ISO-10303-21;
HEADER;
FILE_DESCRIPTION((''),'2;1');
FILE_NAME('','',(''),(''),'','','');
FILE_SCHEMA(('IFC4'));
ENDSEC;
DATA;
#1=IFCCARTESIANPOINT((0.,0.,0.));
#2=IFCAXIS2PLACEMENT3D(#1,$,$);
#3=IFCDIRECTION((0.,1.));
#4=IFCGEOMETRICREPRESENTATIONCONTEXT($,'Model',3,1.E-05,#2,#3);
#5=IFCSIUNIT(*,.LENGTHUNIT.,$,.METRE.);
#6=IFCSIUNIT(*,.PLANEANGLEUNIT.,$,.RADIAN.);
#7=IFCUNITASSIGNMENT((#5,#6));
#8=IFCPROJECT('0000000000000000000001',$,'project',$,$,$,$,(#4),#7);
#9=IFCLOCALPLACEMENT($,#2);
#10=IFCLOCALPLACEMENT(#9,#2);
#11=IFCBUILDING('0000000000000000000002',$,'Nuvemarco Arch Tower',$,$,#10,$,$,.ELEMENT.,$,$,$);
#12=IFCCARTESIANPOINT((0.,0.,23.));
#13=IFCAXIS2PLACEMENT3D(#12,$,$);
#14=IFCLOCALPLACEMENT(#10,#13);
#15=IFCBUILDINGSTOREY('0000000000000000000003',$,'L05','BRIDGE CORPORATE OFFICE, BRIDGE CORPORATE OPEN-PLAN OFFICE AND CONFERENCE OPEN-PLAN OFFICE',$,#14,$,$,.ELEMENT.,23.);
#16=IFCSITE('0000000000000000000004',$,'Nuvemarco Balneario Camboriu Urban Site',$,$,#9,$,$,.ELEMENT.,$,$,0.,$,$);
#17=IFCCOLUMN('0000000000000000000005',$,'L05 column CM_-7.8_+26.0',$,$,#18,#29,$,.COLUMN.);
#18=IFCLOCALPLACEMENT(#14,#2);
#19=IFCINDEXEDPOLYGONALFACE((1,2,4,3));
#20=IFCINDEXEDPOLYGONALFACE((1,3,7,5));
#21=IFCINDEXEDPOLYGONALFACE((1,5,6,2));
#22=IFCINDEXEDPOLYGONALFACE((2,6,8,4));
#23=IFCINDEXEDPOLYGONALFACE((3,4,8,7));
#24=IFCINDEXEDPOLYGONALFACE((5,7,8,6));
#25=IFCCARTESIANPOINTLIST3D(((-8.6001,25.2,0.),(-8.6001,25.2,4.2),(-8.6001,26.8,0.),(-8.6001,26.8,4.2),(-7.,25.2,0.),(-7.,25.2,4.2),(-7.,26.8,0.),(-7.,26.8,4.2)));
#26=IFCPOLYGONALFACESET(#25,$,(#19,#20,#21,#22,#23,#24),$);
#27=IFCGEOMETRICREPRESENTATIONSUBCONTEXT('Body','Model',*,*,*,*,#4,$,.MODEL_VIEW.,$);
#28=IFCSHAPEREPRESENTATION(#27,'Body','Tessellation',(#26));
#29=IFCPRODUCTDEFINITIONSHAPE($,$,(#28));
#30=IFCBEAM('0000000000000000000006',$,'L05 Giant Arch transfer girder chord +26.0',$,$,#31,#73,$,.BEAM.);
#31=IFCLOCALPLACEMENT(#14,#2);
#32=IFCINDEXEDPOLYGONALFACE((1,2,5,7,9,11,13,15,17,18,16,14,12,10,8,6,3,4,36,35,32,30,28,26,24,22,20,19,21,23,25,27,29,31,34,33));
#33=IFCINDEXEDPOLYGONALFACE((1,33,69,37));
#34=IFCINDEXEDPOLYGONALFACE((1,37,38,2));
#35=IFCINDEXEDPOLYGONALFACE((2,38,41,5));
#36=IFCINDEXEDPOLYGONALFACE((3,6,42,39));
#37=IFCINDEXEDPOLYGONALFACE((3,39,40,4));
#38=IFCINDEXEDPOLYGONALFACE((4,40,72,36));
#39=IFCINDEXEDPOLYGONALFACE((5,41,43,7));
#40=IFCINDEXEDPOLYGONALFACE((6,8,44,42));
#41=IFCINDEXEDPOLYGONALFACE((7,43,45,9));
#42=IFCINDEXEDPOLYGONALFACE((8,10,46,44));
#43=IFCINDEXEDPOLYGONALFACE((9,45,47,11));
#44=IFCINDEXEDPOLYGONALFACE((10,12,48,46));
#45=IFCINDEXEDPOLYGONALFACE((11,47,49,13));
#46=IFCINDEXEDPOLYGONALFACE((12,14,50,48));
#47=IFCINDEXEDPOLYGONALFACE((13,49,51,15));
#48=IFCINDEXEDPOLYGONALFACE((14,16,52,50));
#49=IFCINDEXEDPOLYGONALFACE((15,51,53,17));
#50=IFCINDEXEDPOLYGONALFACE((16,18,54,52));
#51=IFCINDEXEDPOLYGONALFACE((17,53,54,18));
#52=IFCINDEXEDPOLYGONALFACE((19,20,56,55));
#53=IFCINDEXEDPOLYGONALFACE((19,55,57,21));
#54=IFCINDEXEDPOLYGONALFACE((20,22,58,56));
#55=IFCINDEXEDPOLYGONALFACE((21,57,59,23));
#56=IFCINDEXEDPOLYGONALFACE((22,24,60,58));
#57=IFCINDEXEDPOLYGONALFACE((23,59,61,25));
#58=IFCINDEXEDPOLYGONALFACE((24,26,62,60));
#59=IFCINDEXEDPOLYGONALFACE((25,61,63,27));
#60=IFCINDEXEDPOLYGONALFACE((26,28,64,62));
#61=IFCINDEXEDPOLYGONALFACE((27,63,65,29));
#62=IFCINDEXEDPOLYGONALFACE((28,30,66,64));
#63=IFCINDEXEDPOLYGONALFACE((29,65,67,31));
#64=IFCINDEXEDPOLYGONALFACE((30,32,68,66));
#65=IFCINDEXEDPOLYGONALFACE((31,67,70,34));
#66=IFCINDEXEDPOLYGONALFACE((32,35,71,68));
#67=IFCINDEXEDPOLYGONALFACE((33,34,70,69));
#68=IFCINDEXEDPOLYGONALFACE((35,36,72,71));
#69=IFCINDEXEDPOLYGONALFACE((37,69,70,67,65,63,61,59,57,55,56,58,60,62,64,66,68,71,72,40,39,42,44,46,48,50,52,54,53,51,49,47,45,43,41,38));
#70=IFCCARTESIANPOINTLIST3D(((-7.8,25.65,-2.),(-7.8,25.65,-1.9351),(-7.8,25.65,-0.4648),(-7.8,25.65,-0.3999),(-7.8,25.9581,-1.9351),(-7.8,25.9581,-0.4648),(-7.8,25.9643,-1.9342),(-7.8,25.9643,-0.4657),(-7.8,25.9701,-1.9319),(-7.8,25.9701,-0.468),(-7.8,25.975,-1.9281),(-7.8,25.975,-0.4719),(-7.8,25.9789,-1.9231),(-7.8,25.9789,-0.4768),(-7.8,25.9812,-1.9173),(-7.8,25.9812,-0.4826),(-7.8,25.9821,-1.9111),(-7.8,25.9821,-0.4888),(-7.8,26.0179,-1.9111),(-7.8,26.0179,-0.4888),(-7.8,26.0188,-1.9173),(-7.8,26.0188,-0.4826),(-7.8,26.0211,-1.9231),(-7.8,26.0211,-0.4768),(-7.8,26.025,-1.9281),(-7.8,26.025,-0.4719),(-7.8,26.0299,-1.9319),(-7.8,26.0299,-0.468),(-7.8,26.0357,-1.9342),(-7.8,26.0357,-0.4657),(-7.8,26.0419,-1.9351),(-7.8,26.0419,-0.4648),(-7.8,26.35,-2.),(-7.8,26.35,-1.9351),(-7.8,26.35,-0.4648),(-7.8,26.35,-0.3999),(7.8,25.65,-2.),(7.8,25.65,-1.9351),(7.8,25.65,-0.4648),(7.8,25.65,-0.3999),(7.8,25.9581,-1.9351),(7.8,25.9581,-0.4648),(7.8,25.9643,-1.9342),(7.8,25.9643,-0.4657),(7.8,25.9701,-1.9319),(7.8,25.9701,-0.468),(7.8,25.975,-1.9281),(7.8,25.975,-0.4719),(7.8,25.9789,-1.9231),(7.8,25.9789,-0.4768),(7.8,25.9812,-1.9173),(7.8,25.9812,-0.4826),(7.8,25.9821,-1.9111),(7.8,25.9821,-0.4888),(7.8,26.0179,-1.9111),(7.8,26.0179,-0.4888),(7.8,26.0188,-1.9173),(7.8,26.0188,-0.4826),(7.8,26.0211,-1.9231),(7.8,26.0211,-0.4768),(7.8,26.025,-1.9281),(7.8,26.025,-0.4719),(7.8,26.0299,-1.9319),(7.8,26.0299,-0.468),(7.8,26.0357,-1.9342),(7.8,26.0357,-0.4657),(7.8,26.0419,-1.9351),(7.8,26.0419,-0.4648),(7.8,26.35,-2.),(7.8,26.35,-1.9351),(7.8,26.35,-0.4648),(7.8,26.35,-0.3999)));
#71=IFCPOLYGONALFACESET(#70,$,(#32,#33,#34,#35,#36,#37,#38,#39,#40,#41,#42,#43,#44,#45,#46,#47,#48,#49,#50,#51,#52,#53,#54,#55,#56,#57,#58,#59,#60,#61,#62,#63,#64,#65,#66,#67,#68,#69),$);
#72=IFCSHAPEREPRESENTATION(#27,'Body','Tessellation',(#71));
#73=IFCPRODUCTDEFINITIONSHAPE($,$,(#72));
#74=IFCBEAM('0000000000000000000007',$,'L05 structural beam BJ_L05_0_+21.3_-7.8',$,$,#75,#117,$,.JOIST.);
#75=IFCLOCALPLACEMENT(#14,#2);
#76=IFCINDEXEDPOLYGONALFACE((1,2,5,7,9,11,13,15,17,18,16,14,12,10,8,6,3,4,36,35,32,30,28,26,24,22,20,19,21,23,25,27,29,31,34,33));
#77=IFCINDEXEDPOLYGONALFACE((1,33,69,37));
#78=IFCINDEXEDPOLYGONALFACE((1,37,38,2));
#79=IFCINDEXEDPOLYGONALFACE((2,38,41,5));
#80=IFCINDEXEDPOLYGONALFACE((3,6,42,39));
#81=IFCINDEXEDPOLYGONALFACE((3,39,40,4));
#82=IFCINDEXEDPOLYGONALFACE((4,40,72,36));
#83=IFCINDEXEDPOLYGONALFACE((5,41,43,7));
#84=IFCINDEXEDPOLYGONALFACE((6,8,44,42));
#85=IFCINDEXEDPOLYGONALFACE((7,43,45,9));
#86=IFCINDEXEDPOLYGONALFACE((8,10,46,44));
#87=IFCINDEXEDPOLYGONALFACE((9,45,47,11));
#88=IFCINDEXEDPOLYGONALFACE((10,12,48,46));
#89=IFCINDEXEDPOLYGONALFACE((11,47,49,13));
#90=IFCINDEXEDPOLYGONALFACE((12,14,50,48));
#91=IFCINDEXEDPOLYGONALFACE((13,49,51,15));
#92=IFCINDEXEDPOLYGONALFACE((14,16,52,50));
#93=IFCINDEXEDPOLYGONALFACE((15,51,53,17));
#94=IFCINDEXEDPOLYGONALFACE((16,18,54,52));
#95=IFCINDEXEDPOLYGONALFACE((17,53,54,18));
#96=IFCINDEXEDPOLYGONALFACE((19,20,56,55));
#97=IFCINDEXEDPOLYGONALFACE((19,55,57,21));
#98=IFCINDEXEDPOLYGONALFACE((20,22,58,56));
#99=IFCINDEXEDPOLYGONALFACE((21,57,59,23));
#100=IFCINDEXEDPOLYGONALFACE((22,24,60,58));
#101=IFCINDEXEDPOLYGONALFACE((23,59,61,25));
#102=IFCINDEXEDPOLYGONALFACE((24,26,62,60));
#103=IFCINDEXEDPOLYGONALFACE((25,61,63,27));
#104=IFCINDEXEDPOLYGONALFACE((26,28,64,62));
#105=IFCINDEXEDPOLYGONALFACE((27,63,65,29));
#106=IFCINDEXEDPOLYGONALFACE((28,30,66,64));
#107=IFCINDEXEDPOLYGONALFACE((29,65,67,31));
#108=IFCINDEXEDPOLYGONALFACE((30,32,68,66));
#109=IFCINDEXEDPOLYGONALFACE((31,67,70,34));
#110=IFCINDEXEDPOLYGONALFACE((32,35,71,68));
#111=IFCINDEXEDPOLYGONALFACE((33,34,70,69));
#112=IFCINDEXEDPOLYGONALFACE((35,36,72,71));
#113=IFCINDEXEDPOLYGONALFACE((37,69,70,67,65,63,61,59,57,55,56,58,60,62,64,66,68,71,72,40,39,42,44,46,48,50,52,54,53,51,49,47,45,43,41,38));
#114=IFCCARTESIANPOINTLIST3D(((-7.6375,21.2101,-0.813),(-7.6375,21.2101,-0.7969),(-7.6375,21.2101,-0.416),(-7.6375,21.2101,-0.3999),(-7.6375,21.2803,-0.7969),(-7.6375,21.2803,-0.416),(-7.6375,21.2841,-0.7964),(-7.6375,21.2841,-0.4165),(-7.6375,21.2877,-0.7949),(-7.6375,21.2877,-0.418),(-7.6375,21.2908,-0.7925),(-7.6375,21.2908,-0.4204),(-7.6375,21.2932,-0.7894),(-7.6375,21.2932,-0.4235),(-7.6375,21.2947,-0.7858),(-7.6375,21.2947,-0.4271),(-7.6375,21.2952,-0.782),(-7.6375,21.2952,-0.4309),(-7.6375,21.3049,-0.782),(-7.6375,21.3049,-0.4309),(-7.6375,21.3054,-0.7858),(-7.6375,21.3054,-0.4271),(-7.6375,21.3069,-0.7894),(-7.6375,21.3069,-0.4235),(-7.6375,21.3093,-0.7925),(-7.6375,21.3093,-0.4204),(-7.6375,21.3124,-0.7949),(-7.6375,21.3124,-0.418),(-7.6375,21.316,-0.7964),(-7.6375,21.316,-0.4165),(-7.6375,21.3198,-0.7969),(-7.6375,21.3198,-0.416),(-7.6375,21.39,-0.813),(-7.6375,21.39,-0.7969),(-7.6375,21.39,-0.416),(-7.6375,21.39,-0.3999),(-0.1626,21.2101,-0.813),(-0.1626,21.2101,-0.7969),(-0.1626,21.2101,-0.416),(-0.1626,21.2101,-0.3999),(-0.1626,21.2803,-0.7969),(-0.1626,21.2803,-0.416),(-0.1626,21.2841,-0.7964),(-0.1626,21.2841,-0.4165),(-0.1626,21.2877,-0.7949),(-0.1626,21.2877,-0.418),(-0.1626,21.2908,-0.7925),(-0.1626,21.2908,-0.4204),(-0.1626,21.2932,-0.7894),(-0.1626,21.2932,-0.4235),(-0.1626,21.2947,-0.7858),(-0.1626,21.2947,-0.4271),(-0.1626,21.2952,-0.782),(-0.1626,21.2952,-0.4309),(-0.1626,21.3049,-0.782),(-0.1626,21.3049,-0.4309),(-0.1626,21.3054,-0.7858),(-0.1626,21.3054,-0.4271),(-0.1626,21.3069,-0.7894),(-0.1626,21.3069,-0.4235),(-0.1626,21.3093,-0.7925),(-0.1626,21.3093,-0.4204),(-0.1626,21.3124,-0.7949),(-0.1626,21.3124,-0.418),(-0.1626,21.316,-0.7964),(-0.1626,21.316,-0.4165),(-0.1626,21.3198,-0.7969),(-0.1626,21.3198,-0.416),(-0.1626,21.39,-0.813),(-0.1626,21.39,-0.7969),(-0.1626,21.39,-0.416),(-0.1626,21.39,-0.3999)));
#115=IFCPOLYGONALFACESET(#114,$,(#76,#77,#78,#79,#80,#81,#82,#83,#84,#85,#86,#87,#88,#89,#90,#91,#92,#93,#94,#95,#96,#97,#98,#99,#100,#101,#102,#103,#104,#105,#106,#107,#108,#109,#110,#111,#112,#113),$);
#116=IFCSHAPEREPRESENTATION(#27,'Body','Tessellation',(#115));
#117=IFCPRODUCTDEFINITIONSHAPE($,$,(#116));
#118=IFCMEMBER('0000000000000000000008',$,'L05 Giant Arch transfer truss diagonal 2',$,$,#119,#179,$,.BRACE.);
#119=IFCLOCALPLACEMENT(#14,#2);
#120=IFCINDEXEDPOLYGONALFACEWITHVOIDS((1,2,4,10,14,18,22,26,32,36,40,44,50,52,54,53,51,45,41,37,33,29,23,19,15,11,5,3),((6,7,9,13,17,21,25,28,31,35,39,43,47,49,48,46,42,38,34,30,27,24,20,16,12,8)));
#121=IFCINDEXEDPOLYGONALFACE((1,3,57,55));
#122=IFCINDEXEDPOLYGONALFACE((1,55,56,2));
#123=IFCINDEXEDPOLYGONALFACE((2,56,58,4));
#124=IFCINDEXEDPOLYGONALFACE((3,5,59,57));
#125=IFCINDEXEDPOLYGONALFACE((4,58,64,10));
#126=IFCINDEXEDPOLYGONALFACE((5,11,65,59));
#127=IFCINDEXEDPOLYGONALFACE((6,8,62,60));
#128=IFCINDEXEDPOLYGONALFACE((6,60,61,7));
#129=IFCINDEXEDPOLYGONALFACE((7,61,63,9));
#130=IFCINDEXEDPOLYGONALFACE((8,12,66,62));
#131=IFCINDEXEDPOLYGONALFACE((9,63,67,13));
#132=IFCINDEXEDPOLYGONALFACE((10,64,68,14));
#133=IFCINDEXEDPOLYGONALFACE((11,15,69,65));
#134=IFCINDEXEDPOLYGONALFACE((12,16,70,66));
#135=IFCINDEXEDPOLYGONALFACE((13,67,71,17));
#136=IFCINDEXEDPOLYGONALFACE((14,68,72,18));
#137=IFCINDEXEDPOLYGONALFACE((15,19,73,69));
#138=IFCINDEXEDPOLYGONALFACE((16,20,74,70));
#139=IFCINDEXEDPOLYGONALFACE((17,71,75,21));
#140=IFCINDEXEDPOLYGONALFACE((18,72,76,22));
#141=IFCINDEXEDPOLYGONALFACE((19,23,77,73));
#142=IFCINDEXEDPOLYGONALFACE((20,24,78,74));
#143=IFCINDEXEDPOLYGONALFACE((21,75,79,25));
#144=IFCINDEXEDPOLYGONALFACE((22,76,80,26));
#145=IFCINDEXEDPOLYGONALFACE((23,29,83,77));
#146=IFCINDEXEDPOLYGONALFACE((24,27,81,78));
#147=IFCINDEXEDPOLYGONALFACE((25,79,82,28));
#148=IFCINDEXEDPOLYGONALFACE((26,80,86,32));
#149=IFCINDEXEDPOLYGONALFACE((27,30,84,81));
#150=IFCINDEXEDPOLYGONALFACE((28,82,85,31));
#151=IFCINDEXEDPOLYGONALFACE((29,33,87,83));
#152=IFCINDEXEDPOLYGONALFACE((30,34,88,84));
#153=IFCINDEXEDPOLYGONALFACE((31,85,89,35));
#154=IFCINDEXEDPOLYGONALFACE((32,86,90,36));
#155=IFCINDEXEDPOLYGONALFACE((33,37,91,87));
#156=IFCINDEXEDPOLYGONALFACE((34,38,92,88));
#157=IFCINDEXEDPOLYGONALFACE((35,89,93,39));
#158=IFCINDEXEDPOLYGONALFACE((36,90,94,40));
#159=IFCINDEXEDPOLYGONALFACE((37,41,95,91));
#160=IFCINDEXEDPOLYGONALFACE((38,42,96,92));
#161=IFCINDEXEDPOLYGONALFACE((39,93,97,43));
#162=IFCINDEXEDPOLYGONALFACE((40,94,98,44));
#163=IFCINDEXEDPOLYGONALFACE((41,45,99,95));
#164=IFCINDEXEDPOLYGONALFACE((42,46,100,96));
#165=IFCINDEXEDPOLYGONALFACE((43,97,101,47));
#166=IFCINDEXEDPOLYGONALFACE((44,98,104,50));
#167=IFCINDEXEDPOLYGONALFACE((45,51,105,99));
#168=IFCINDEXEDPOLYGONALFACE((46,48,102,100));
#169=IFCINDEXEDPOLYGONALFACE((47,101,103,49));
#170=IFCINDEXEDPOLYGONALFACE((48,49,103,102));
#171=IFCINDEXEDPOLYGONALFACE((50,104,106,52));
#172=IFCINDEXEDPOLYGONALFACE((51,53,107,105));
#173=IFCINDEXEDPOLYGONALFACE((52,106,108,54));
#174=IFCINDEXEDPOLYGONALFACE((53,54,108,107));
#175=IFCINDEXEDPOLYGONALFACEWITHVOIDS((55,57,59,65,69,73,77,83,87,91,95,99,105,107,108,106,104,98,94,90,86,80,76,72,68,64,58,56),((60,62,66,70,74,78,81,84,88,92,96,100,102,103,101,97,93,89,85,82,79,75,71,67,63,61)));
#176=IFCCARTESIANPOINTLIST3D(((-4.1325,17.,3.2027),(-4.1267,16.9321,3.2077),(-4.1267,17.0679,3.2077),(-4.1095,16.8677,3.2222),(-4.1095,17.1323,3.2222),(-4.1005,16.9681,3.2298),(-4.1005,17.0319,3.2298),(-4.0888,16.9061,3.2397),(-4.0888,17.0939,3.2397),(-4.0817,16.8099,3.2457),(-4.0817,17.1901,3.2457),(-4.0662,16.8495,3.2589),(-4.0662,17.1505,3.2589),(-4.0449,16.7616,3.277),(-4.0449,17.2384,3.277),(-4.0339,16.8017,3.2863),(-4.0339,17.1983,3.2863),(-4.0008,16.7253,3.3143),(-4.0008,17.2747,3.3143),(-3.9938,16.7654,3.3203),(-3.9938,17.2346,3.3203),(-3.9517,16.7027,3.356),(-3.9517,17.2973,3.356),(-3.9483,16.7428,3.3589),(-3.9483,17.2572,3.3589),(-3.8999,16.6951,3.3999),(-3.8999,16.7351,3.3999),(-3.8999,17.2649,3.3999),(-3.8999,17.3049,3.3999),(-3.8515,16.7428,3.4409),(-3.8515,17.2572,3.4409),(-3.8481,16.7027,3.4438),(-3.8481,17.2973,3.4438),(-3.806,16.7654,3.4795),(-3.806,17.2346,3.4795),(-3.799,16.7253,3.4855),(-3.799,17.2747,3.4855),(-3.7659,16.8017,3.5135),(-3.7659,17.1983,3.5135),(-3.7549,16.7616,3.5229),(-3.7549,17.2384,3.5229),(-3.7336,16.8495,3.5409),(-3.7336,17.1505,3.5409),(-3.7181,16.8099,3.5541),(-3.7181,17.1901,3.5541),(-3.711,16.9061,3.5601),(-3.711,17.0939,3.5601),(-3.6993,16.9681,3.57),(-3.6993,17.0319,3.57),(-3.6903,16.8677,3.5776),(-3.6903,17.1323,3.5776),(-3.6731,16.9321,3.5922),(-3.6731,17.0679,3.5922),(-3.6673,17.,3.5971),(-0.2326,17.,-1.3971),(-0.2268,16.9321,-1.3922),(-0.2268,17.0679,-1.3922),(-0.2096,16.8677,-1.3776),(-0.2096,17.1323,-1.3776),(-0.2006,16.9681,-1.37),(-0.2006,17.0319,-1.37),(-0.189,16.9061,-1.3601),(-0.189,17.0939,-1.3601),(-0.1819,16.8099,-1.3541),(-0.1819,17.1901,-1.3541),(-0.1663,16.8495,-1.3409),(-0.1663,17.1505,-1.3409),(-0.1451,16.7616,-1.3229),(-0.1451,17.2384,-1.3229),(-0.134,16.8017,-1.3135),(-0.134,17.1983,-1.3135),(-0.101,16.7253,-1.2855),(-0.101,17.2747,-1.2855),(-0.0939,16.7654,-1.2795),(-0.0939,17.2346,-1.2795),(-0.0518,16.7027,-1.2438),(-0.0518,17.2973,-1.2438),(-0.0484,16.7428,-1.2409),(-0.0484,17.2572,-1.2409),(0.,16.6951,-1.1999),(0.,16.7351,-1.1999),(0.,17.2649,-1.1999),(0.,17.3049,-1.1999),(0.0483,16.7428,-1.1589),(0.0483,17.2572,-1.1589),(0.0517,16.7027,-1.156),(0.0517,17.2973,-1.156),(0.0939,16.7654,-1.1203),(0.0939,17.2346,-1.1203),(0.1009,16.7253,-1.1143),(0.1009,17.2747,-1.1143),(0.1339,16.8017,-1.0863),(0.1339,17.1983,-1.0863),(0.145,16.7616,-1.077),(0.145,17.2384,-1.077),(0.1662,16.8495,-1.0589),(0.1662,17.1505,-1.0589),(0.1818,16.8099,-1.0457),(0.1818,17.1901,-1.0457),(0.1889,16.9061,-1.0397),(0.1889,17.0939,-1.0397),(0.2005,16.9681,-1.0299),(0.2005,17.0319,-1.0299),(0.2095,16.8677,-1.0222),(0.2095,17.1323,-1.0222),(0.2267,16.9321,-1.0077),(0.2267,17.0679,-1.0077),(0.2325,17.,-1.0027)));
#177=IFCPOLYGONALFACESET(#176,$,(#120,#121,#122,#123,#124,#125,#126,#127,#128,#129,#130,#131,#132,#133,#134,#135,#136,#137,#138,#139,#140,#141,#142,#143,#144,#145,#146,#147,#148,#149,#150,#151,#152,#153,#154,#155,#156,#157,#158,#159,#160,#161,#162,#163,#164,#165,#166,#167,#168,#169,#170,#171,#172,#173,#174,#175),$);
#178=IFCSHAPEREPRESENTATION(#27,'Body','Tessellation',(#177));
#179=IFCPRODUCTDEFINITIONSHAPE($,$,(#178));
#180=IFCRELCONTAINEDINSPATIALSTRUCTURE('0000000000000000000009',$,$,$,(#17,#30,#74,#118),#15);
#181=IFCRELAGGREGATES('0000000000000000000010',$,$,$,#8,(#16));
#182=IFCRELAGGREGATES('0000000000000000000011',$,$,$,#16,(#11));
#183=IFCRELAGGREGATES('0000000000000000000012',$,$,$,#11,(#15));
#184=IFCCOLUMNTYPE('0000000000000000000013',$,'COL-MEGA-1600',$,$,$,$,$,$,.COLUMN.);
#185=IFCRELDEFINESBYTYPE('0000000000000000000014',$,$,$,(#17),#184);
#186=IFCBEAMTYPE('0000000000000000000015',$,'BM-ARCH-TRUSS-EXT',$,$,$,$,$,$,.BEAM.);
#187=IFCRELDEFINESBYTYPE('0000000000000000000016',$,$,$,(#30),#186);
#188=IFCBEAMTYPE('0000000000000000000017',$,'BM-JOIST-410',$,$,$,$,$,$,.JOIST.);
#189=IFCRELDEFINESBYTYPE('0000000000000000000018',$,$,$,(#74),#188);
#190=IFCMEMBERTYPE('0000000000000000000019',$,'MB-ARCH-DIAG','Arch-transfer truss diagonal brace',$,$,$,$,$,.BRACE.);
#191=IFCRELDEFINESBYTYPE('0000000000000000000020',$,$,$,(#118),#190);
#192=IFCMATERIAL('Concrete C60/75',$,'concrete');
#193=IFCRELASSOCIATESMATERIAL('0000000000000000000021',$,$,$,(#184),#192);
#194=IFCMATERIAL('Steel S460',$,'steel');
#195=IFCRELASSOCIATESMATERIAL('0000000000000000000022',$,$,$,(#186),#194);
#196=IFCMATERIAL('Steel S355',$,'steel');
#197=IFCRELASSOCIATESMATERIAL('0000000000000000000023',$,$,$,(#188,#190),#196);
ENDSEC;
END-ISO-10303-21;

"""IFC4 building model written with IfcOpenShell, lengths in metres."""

from ifc_helpers import new_model, si_unit, direction, frame, origin, origin_2d, place, context, subcontext, project, spatial, rectangle, hollow_circle, i_section, extrude, material, material_profile, profile_set, type_object, element, save


model = new_model("IFC4")

# Units and contexts
model_context = context("Model", 3, precision=1e-05, world=origin(), true_north=direction((0.0, 1.0)))
body_context = subcontext(model_context, "Body", "Model", "MODEL_VIEW")
ifc_project = project(units=[si_unit("LENGTHUNIT", "METRE"), si_unit("PLANEANGLEUNIT", "RADIAN")], contexts=[model_context])

# Site, building, storey
site_placement = place(None, origin())
site = spatial("IfcSite", under=ifc_project, at=site_placement, Name="Nuvemarco Balneario Camboriu Urban Site", CompositionType="ELEMENT", RefElevation=0.0)
building_placement = place(site_placement, origin())
building = spatial("IfcBuilding", under=site, at=building_placement, Name="Nuvemarco Arch Tower", CompositionType="ELEMENT")
storey_placement = place(building_placement, frame((0.0, 0.0, 23.0)))
storey = spatial("IfcBuildingStorey", under=building, at=storey_placement, Name="L05", Description="BRIDGE CORPORATE OFFICE, BRIDGE CORPORATE OPEN-PLAN OFFICE AND CONFERENCE OPEN-PLAN OFFICE", CompositionType="ELEMENT", Elevation=23.0)

# Column
ifc_material_1 = material(Name="Concrete C60/75", Category="concrete")
ifc_material_profile_1 = material_profile(ifc_material_1, rectangle(XDim=1.6001, YDim=1.6001, at=origin_2d()), Name="RC-COL-1600x1600")
ifc_profile_set_1 = profile_set([ifc_material_profile_1], Name="Concrete C60/75")
column_type = type_object("IfcColumnType", Name="COL-MEGA-1600", PredefinedType="COLUMN", material=ifc_profile_set_1)
column_placement = place(storey_placement, frame((-7.8, 26.0, 0.0), z_axis=(0.0, 0.0, 1.0), x_axis=(1.0, 0.0, 0.0)))
element("IfcColumn", 1, at=column_placement, inside=storey, type_object=column_type, Name="L05 column CM_-7.8_+26.0", PredefinedType="COLUMN", context=body_context, shape_type="SweptSolid", body=[
    extrude(rectangle(XDim=1.6001, YDim=1.6001, at=origin_2d()), origin(), (0.0, 0.0, 1.0), 4.2),
])

# Beams
ifc_material_2 = material(Name="Steel S460", Category="steel")
ifc_material_profile_2 = material_profile(ifc_material_2, i_section(OverallWidth=0.7, OverallDepth=1.6001, WebThickness=0.0359, FlangeThickness=0.0649, FilletRadius=0.0239, at=origin_2d()), Name="PG1600x700")
ifc_profile_set_2 = profile_set([ifc_material_profile_2], Name="Steel S460")
beam_type_1 = type_object("IfcBeamType", Name="BM-ARCH-TRUSS-EXT", PredefinedType="BEAM", material=ifc_profile_set_2)
beam_1_placement = place(storey_placement, frame((-7.8, 26.0, -1.2), z_axis=(1.0, 0.0, 0.0), x_axis=(0.0, 1.0, 0.0)))
element("IfcBeam", 2, at=beam_1_placement, inside=storey, type_object=beam_type_1, Name="L05 Giant Arch transfer girder chord +26.0", PredefinedType="BEAM", context=body_context, shape_type="SweptSolid", body=[
    extrude(i_section(OverallWidth=0.7, OverallDepth=1.6001, WebThickness=0.0359, FlangeThickness=0.0649, FilletRadius=0.0239, at=origin_2d()), origin(), (0.0, 0.0, 1.0), 15.6001),
])
ifc_material_3 = material(Name="Steel S355", Category="steel")
ifc_material_profile_3 = material_profile(ifc_material_3, i_section(OverallWidth=0.1799, OverallDepth=0.4131, WebThickness=0.0098, FlangeThickness=0.0161, FilletRadius=0.0149, at=origin_2d()), Name="W410x75")
ifc_profile_set_3 = profile_set([ifc_material_profile_3], Name="Steel S355")
beam_type_2 = type_object("IfcBeamType", Name="BM-JOIST-410", PredefinedType="JOIST", material=ifc_profile_set_3)
beam_2_placement = place(storey_placement, frame((-7.6375, 21.3, -0.6064), z_axis=(1.0, 0.0, 0.0), x_axis=(0.0, 1.0, 0.0)))
element("IfcBeam", 3, at=beam_2_placement, inside=storey, type_object=beam_type_2, Name="L05 structural beam BJ_L05_0_+21.3_-7.8", PredefinedType="JOIST", context=body_context, shape_type="SweptSolid", body=[
    extrude(i_section(OverallWidth=0.1799, OverallDepth=0.4131, WebThickness=0.0098, FlangeThickness=0.0161, FilletRadius=0.0149, at=origin_2d()), origin(), (0.0, 0.0, 1.0), 7.4749),
])

# Member
ifc_material_profile_4 = material_profile(ifc_material_3, hollow_circle(Radius=0.3049, WallThickness=0.04, at=origin_2d()), Name="CHS610x40")
ifc_profile_set_4 = profile_set([ifc_material_profile_4], Name="Steel S355")
member_type_1 = type_object("IfcMemberType", Name="MB-ARCH-DIAG", Description="Arch-transfer truss diagonal brace", PredefinedType="BRACE", material=ifc_profile_set_4)
for number, where, z_axis, x_axis, name in (
    (4, (-3.8999, 17.0, 3.3999), (0.646688, 0.0, -0.762755), (0.0, 1.0, 0.0), "L05 Giant Arch transfer truss diagonal 2"),
):
    element("IfcMember", number, at=place(storey_placement, frame(where, z_axis=z_axis, x_axis=x_axis)), inside=storey, type_object=member_type_1, Name=name, PredefinedType="BRACE", context=body_context, shape_type="SweptSolid", body=[
        extrude(hollow_circle(Radius=0.3049, WallThickness=0.04, at=origin_2d()), origin(), (0.0, 0.0, 1.0), 6.0305),
    ])

save(model, "model.ifc")
